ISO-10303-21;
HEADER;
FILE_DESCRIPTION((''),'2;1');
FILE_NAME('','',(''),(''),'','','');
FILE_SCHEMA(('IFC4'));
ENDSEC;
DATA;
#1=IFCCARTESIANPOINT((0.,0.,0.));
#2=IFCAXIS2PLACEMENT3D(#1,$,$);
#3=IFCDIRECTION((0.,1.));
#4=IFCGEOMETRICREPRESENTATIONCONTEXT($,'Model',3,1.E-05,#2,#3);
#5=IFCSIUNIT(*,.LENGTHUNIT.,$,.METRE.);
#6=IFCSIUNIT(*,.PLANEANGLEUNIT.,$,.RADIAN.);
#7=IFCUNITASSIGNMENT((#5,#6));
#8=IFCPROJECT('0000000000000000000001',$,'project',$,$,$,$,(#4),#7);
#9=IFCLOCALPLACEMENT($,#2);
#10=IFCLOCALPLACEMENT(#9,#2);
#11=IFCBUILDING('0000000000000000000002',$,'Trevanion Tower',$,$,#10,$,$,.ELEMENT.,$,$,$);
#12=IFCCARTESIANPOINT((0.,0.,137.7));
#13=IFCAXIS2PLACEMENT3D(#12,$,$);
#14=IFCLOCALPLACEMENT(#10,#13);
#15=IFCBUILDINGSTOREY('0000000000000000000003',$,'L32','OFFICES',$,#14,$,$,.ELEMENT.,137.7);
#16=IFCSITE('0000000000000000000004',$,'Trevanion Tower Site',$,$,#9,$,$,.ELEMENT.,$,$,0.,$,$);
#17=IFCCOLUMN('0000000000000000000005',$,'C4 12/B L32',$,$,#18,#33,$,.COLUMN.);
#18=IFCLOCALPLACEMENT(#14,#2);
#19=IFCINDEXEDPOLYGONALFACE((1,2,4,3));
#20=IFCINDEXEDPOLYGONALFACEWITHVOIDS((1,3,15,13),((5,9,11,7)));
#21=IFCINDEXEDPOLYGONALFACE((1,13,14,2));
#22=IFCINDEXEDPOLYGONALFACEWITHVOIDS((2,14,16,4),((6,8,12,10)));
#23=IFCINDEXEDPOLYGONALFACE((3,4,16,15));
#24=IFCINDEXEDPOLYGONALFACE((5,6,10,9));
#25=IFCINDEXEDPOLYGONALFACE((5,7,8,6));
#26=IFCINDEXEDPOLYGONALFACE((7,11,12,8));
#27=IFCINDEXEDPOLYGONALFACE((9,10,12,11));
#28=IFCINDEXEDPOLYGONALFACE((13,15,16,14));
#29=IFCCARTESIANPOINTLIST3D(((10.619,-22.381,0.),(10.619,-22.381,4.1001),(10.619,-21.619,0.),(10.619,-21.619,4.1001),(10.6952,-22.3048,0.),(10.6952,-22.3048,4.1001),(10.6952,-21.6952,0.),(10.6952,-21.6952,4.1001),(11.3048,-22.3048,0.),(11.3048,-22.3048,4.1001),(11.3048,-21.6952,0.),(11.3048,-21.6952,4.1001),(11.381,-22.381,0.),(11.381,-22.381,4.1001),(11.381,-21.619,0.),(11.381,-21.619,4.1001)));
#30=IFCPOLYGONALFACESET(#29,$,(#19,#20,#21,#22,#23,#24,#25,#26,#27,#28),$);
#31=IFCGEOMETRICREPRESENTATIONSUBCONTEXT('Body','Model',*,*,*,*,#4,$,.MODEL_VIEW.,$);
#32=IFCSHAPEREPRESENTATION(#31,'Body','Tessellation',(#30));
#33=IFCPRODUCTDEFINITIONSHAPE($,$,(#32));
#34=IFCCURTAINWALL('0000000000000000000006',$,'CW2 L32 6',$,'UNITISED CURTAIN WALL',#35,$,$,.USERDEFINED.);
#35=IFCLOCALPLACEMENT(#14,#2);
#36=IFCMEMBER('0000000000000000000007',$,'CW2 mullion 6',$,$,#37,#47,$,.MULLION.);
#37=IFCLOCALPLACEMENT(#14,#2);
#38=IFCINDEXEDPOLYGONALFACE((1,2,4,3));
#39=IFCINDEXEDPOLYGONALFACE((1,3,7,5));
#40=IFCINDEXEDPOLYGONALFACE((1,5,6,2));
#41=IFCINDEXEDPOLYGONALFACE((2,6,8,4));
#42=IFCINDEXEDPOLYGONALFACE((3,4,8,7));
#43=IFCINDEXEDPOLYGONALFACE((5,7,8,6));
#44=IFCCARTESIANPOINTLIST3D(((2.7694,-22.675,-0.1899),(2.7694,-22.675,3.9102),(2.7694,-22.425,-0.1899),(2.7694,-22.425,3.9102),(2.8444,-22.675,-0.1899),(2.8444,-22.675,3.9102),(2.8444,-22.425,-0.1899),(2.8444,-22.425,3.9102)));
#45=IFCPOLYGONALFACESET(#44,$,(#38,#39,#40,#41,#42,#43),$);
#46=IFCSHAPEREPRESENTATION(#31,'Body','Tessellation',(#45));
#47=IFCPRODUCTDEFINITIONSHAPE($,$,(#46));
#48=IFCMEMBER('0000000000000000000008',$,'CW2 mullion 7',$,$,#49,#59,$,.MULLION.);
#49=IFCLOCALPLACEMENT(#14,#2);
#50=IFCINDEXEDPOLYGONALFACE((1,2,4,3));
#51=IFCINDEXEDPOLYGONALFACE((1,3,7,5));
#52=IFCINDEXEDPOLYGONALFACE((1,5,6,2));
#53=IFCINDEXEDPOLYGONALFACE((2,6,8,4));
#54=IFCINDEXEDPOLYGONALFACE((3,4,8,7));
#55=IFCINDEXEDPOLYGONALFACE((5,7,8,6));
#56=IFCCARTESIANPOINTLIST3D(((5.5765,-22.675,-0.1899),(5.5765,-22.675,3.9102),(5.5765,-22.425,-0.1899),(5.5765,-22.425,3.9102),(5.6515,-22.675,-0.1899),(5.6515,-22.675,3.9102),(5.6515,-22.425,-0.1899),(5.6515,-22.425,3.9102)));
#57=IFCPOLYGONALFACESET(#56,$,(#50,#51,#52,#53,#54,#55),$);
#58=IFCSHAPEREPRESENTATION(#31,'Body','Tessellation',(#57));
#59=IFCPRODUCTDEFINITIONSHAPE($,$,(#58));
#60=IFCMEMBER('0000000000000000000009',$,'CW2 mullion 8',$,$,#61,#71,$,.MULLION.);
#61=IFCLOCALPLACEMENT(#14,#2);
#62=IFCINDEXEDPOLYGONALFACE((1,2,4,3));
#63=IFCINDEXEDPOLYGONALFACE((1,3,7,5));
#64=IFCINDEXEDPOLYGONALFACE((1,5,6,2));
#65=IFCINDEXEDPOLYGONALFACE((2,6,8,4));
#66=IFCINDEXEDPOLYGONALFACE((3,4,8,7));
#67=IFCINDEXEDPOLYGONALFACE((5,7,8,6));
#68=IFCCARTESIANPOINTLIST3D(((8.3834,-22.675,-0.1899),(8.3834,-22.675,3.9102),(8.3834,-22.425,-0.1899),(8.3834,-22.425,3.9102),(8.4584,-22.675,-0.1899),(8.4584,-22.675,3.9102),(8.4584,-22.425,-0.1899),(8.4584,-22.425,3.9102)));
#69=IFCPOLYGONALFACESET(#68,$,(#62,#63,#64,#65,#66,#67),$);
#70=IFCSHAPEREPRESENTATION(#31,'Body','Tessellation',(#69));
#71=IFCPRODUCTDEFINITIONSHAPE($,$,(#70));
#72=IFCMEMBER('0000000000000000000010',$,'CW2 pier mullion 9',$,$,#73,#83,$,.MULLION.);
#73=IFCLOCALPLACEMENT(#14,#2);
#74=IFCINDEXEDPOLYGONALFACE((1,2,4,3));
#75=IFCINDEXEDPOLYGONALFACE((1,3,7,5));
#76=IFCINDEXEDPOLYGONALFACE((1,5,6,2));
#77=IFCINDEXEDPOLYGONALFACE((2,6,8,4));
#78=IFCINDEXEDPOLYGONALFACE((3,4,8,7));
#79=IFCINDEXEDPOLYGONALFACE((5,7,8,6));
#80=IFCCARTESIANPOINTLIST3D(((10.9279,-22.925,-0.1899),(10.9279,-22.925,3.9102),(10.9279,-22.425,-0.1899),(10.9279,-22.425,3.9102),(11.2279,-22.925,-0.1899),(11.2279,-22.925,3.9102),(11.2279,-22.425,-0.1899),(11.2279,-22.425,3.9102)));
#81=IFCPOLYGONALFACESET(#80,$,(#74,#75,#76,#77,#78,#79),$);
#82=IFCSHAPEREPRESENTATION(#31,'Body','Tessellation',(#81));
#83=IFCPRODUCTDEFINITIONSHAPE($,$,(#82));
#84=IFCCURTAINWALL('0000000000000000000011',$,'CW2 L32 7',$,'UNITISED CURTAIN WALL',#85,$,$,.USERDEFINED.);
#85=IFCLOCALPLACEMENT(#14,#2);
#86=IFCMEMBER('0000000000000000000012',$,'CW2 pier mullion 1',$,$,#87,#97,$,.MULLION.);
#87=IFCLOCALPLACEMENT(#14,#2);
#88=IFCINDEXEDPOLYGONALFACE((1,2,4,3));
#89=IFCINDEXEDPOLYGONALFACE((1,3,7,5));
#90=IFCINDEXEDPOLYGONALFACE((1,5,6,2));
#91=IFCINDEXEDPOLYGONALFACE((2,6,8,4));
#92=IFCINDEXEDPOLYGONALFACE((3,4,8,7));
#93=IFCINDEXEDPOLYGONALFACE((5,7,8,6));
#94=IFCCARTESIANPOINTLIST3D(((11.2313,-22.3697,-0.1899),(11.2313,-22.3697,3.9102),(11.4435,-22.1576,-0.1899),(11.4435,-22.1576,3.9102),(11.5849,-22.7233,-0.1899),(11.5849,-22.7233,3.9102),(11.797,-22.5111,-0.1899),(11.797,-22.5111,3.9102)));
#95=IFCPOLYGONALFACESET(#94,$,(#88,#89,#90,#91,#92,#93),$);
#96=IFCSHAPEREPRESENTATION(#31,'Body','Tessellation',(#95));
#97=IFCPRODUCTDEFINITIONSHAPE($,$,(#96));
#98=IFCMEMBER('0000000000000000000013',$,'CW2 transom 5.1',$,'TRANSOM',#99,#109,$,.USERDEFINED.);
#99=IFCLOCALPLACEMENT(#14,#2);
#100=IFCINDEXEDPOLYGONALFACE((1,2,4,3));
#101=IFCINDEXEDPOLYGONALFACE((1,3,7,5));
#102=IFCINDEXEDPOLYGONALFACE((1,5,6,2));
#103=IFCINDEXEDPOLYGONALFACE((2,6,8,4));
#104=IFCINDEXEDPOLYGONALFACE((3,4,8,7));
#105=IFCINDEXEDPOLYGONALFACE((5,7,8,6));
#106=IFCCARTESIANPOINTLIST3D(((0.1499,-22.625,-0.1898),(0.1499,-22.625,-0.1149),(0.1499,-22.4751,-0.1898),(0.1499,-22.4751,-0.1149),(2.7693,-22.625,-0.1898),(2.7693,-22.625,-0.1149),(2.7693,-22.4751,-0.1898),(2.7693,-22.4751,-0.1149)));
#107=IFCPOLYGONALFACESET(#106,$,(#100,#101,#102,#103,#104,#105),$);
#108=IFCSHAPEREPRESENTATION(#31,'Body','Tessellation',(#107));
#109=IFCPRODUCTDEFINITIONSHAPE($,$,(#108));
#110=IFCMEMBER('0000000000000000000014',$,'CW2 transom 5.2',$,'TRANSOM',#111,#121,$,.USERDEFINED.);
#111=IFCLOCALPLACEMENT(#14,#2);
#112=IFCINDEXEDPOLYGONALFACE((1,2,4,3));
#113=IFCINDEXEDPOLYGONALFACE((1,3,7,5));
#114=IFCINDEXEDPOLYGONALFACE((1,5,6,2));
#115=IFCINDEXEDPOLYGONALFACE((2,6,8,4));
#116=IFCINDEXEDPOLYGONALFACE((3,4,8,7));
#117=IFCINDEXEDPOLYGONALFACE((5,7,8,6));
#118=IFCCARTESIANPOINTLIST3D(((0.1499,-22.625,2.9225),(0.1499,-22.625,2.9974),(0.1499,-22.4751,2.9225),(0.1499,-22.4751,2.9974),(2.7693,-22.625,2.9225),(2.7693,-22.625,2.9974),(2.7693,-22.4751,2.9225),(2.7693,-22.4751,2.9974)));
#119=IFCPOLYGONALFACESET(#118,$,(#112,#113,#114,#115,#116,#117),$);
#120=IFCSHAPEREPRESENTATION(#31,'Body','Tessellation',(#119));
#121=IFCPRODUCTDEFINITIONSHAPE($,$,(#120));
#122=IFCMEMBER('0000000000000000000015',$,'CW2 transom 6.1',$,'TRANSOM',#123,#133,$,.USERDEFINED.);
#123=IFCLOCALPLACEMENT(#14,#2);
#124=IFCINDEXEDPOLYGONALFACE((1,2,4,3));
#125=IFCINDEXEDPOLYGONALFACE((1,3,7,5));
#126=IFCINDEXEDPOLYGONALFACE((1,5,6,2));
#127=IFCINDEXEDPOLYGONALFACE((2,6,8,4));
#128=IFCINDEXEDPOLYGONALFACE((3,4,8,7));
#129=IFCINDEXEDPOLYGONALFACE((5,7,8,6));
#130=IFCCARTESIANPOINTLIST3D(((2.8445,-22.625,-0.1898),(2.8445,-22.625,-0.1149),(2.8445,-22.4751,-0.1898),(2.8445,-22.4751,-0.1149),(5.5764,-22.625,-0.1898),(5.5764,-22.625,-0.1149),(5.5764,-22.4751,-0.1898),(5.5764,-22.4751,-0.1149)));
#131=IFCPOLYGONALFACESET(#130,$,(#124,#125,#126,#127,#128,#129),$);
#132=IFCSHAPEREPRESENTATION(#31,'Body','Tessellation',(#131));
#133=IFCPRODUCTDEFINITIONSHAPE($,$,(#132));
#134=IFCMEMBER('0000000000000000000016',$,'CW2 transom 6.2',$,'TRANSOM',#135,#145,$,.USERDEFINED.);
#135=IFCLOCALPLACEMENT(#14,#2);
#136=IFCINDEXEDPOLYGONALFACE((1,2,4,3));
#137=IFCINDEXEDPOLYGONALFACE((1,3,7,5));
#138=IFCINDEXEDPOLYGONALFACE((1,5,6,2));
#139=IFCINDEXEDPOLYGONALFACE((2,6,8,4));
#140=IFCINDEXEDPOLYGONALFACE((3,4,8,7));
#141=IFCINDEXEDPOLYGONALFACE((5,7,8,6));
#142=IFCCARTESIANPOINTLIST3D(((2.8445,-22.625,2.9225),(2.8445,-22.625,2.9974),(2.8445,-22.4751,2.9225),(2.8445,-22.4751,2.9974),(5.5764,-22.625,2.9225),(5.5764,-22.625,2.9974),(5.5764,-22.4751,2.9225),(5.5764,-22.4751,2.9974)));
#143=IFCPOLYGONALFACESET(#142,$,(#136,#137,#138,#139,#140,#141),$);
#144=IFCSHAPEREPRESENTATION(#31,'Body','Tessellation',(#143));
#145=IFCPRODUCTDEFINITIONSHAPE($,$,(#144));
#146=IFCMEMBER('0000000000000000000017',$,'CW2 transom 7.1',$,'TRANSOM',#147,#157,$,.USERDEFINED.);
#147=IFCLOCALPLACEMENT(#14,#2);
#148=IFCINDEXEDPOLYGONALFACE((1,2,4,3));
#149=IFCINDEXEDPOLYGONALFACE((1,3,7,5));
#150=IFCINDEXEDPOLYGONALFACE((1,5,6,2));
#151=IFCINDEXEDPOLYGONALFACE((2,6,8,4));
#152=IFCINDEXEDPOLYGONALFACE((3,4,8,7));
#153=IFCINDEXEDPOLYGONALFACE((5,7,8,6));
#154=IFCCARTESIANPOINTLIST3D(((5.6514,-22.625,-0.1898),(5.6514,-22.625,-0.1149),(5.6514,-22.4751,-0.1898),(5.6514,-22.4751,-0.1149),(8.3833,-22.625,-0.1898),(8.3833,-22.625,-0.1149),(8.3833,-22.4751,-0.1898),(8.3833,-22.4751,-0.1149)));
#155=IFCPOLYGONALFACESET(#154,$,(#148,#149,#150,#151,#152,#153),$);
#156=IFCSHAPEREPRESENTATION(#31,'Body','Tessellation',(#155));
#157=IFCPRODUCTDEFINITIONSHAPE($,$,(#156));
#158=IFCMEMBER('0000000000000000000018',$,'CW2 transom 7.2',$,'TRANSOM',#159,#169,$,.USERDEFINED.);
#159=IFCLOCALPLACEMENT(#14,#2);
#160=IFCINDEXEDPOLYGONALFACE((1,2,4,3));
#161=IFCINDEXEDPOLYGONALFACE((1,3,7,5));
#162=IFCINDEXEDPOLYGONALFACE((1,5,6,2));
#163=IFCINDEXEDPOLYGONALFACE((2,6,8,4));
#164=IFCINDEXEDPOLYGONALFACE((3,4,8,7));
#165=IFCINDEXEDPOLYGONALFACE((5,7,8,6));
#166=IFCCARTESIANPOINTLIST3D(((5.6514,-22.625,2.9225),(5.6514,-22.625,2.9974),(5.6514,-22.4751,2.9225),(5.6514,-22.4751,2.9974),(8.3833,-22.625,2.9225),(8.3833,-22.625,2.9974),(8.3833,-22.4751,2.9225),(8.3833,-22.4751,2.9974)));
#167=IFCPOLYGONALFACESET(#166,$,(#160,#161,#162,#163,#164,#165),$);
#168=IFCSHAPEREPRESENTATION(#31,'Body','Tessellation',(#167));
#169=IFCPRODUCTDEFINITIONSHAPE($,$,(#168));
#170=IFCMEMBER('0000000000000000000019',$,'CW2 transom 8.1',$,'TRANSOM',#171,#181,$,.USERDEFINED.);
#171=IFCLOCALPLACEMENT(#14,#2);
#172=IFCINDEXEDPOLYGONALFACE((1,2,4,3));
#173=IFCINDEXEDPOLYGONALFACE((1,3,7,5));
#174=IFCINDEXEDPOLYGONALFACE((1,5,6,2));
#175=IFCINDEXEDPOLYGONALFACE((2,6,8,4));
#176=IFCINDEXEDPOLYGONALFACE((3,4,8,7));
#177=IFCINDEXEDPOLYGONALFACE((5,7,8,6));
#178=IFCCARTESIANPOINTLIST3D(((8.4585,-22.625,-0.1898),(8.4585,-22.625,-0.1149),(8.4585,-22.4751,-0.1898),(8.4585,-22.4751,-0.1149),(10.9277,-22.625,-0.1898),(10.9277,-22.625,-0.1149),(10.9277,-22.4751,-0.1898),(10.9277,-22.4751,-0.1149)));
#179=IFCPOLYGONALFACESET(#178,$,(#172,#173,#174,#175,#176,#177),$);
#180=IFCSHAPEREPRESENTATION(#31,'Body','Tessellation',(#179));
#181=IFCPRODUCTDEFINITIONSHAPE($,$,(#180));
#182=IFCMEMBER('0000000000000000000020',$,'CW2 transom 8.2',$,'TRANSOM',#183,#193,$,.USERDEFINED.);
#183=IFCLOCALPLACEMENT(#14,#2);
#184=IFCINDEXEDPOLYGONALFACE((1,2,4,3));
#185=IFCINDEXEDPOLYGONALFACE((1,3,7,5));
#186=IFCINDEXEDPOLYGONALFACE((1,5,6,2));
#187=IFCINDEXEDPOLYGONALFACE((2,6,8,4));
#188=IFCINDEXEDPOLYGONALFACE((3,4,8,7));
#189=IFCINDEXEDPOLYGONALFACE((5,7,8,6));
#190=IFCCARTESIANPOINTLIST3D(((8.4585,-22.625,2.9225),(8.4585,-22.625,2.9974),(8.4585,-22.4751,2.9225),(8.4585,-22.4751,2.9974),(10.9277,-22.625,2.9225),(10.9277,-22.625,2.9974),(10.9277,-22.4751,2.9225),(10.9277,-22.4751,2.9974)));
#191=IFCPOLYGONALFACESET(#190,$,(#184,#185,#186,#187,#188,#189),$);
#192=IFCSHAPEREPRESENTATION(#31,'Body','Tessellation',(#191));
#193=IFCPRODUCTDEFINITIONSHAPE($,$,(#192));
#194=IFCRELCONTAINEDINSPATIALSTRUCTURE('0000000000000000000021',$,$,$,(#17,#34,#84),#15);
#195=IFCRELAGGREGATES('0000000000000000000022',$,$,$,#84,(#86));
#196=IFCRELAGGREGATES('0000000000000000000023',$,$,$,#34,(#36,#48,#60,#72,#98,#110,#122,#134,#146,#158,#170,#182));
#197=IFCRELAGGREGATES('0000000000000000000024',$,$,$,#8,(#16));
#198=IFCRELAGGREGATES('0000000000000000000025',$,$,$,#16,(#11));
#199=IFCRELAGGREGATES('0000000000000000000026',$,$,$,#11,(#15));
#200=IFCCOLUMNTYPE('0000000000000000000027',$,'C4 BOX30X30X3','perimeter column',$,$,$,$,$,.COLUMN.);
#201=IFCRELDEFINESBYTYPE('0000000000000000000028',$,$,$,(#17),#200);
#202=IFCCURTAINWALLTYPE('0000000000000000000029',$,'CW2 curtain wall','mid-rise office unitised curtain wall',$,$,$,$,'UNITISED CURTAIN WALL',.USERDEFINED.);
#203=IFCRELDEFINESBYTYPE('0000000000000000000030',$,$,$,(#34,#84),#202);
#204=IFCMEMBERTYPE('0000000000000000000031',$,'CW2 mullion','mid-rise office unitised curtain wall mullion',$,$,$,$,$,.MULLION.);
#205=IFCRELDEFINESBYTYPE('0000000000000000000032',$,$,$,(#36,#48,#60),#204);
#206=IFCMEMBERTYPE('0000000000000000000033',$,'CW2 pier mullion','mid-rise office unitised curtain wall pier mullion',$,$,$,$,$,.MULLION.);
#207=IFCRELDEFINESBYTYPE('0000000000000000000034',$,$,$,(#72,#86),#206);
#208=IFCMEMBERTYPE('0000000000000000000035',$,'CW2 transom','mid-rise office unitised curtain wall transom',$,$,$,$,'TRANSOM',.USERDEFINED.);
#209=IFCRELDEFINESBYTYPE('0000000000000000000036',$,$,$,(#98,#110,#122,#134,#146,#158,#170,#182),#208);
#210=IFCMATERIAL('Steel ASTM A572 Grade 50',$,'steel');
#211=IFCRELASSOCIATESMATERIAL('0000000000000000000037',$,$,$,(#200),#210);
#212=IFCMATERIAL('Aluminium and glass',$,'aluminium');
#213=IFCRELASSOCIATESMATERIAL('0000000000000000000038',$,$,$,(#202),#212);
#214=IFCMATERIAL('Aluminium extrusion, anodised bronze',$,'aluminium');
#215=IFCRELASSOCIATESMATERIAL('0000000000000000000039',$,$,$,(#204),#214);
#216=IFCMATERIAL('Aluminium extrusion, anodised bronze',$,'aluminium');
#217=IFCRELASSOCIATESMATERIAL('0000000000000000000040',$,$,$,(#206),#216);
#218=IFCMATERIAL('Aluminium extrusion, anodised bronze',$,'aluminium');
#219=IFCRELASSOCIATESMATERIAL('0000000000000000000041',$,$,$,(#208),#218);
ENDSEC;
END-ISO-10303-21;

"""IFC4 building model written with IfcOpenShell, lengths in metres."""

from ifc_helpers import new_model, si_unit, direction, frame, origin, origin_2d, place, context, subcontext, project, spatial, rectangle, hollow_rectangle, extrude, material, material_profile, profile_set, type_object, element, aggregate, save


model = new_model("IFC4")

# Units and contexts
model_context = context("Model", 3, precision=1e-05, world=origin(), true_north=direction((0.0, 1.0)))
body_context = subcontext(model_context, "Body", "Model", "MODEL_VIEW")
ifc_project = project(units=[si_unit("LENGTHUNIT", "METRE"), si_unit("PLANEANGLEUNIT", "RADIAN")], contexts=[model_context])

# Site, building, storey
site_placement = place(None, origin())
site = spatial("IfcSite", under=ifc_project, at=site_placement, Name="Trevanion Tower Site", CompositionType="ELEMENT", RefElevation=0.0)
building_placement = place(site_placement, origin())
building = spatial("IfcBuilding", under=site, at=building_placement, Name="Trevanion Tower", CompositionType="ELEMENT")
storey_placement = place(building_placement, frame((0.0, 0.0, 137.7)))
storey = spatial("IfcBuildingStorey", under=building, at=storey_placement, Name="L32", Description="OFFICES", CompositionType="ELEMENT", Elevation=137.7)

# Column
ifc_material_1 = material(Name="Steel ASTM A572 Grade 50", Category="steel")
ifc_material_profile_1 = material_profile(ifc_material_1, hollow_rectangle(XDim=0.762, YDim=0.762, WallThickness=0.0762, at=origin_2d()), Name="BOX30X30X3")
ifc_profile_set_1 = profile_set([ifc_material_profile_1], Name="Steel ASTM A572 Grade 50")
column_type = type_object("IfcColumnType", Name="C4 BOX30X30X3", Description="perimeter column", PredefinedType="COLUMN", material=ifc_profile_set_1)
column_placement = place(storey_placement, frame((11.0, -22.0, 0.0), z_axis=(0.0, 0.0, 1.0), x_axis=(1.0, 0.0, 0.0)))
element("IfcColumn", 1, at=column_placement, inside=storey, type_object=column_type, Name="C4 12/B L32", PredefinedType="COLUMN", context=body_context, shape_type="SweptSolid", body=[
    extrude(hollow_rectangle(XDim=0.762, YDim=0.762, WallThickness=0.0762, at=origin_2d()), origin(), (0.0, 0.0, 1.0), 4.1001),
])

# Curtain wall, members
ifc_material_2 = material(Name="Aluminium and glass", Category="aluminium")
curtain_wall_type = type_object("IfcCurtainWallType", Name="CW2 curtain wall", Description="mid-rise office unitised curtain wall", ElementType="UNITISED CURTAIN WALL", PredefinedType="USERDEFINED", material=ifc_material_2)
curtain_wall_1_placement = place(storey_placement, origin())
curtain_wall_1 = element("IfcCurtainWall", 2, at=curtain_wall_1_placement, inside=storey, type_object=curtain_wall_type, Name="CW2 L32 6", ObjectType="UNITISED CURTAIN WALL", PredefinedType="USERDEFINED")
ifc_material_3 = material(Name="Aluminium extrusion, anodised bronze", Category="aluminium")
ifc_material_profile_2 = material_profile(ifc_material_3, rectangle(XDim=0.075, YDim=0.25, at=origin_2d()), Name="CW2 mullion")
ifc_profile_set_2 = profile_set([ifc_material_profile_2], Name="Aluminium extrusion, anodised bronze")
member_type_1 = type_object("IfcMemberType", Name="CW2 mullion", Description="mid-rise office unitised curtain wall mullion", PredefinedType="MULLION", material=ifc_profile_set_2)
member_1_placement = place(storey_placement, frame((2.8069, -22.55, -0.1899), z_axis=(0.0, 0.0, 1.0), x_axis=(1.0, 0.0, 0.0)))
member_1 = element("IfcMember", 3, at=member_1_placement, type_object=member_type_1, Name="CW2 mullion 6", PredefinedType="MULLION", context=body_context, shape_type="SweptSolid", body=[
    extrude(rectangle(XDim=0.075, YDim=0.25, at=origin_2d()), origin(), (0.0, 0.0, 1.0), 4.1001),
])
member_2_placement = place(storey_placement, frame((5.614, -22.55, -0.1899), z_axis=(0.0, 0.0, 1.0), x_axis=(1.0, 0.0, 0.0)))
member_2 = element("IfcMember", 4, at=member_2_placement, type_object=member_type_1, Name="CW2 mullion 7", PredefinedType="MULLION", context=body_context, shape_type="SweptSolid", body=[
    extrude(rectangle(XDim=0.075, YDim=0.25, at=origin_2d()), origin(), (0.0, 0.0, 1.0), 4.1001),
])
member_3_placement = place(storey_placement, frame((8.4209, -22.55, -0.1899), z_axis=(0.0, 0.0, 1.0), x_axis=(1.0, 0.0, 0.0)))
member_3 = element("IfcMember", 5, at=member_3_placement, type_object=member_type_1, Name="CW2 mullion 8", PredefinedType="MULLION", context=body_context, shape_type="SweptSolid", body=[
    extrude(rectangle(XDim=0.075, YDim=0.25, at=origin_2d()), origin(), (0.0, 0.0, 1.0), 4.1001),
])
ifc_material_4 = material(Name="Aluminium extrusion, anodised bronze", Category="aluminium")
ifc_material_profile_3 = material_profile(ifc_material_4, rectangle(XDim=0.3, YDim=0.5, at=origin_2d()), Name="CW2 pier mullion")
ifc_profile_set_3 = profile_set([ifc_material_profile_3], Name="Aluminium extrusion, anodised bronze")
member_type_2 = type_object("IfcMemberType", Name="CW2 pier mullion", Description="mid-rise office unitised curtain wall pier mullion", PredefinedType="MULLION", material=ifc_profile_set_3)
member_4_placement = place(storey_placement, frame((11.0779, -22.675, -0.1899), z_axis=(0.0, 0.0, 1.0), x_axis=(1.0, 0.0, 0.0)))
member_4 = element("IfcMember", 6, at=member_4_placement, type_object=member_type_2, Name="CW2 pier mullion 9", PredefinedType="MULLION", context=body_context, shape_type="SweptSolid", body=[
    extrude(rectangle(XDim=0.3, YDim=0.5, at=origin_2d()), origin(), (0.0, 0.0, 1.0), 4.1001),
])

# Curtain wall, member
curtain_wall_2_placement = place(storey_placement, origin())
curtain_wall_2 = element("IfcCurtainWall", 7, at=curtain_wall_2_placement, inside=storey, type_object=curtain_wall_type, Name="CW2 L32 7", ObjectType="UNITISED CURTAIN WALL", PredefinedType="USERDEFINED")
member_5_placement = place(storey_placement, frame((11.5142, -22.4404, -0.1899), z_axis=(0.0, 0.0, 1.0), x_axis=(0.707107, 0.707107, 0.0)))
member_5 = element("IfcMember", 8, at=member_5_placement, type_object=member_type_2, Name="CW2 pier mullion 1", PredefinedType="MULLION", context=body_context, shape_type="SweptSolid", body=[
    extrude(rectangle(XDim=0.3, YDim=0.5, at=origin_2d()), origin(), (0.0, 0.0, 1.0), 4.1001),
])

# Members
ifc_material_5 = material(Name="Aluminium extrusion, anodised bronze", Category="aluminium")
ifc_material_profile_4 = material_profile(ifc_material_5, rectangle(XDim=0.1499, YDim=0.075, at=origin_2d()), Name="CW2 transom")
ifc_profile_set_4 = profile_set([ifc_material_profile_4], Name="Aluminium extrusion, anodised bronze")
member_type_3 = type_object("IfcMemberType", Name="CW2 transom", Description="mid-rise office unitised curtain wall transom", ElementType="TRANSOM", PredefinedType="USERDEFINED", material=ifc_profile_set_4)
member_6_placement = place(storey_placement, frame((0.1499, -22.55, -0.1523), z_axis=(1.0, 0.0, 0.0), x_axis=(0.0, 1.0, 0.0)))
member_6 = element("IfcMember", 9, at=member_6_placement, type_object=member_type_3, Name="CW2 transom 5.1", ObjectType="TRANSOM", PredefinedType="USERDEFINED", context=body_context, shape_type="SweptSolid", body=[
    extrude(rectangle(XDim=0.1499, YDim=0.075, at=origin_2d()), origin(), (0.0, 0.0, 1.0), 2.6194),
])
member_7_placement = place(storey_placement, frame((0.1499, -22.55, 2.96), z_axis=(1.0, 0.0, 0.0), x_axis=(0.0, 1.0, 0.0)))
member_7 = element("IfcMember", 10, at=member_7_placement, type_object=member_type_3, Name="CW2 transom 5.2", ObjectType="TRANSOM", PredefinedType="USERDEFINED", context=body_context, shape_type="SweptSolid", body=[
    extrude(rectangle(XDim=0.1499, YDim=0.075, at=origin_2d()), origin(), (0.0, 0.0, 1.0), 2.6194),
])
member_8_placement = place(storey_placement, frame((2.8445, -22.55, -0.1523), z_axis=(1.0, 0.0, 0.0), x_axis=(0.0, 1.0, 0.0)))
member_8 = element("IfcMember", 11, at=member_8_placement, type_object=member_type_3, Name="CW2 transom 6.1", ObjectType="TRANSOM", PredefinedType="USERDEFINED", context=body_context, shape_type="SweptSolid", body=[
    extrude(rectangle(XDim=0.1499, YDim=0.075, at=origin_2d()), origin(), (0.0, 0.0, 1.0), 2.7319),
])
member_9_placement = place(storey_placement, frame((2.8445, -22.55, 2.96), z_axis=(1.0, 0.0, 0.0), x_axis=(0.0, 1.0, 0.0)))
member_9 = element("IfcMember", 12, at=member_9_placement, type_object=member_type_3, Name="CW2 transom 6.2", ObjectType="TRANSOM", PredefinedType="USERDEFINED", context=body_context, shape_type="SweptSolid", body=[
    extrude(rectangle(XDim=0.1499, YDim=0.075, at=origin_2d()), origin(), (0.0, 0.0, 1.0), 2.7319),
])
member_10_placement = place(storey_placement, frame((5.6514, -22.55, -0.1523), z_axis=(1.0, 0.0, 0.0), x_axis=(0.0, 1.0, 0.0)))
member_10 = element("IfcMember", 13, at=member_10_placement, type_object=member_type_3, Name="CW2 transom 7.1", ObjectType="TRANSOM", PredefinedType="USERDEFINED", context=body_context, shape_type="SweptSolid", body=[
    extrude(rectangle(XDim=0.1499, YDim=0.075, at=origin_2d()), origin(), (0.0, 0.0, 1.0), 2.7319),
])
member_11_placement = place(storey_placement, frame((5.6514, -22.55, 2.96), z_axis=(1.0, 0.0, 0.0), x_axis=(0.0, 1.0, 0.0)))
member_11 = element("IfcMember", 14, at=member_11_placement, type_object=member_type_3, Name="CW2 transom 7.2", ObjectType="TRANSOM", PredefinedType="USERDEFINED", context=body_context, shape_type="SweptSolid", body=[
    extrude(rectangle(XDim=0.1499, YDim=0.075, at=origin_2d()), origin(), (0.0, 0.0, 1.0), 2.7319),
])
member_12_placement = place(storey_placement, frame((8.4585, -22.55, -0.1523), z_axis=(1.0, 0.0, 0.0), x_axis=(0.0, 1.0, 0.0)))
member_12 = element("IfcMember", 15, at=member_12_placement, type_object=member_type_3, Name="CW2 transom 8.1", ObjectType="TRANSOM", PredefinedType="USERDEFINED", context=body_context, shape_type="SweptSolid", body=[
    extrude(rectangle(XDim=0.1499, YDim=0.075, at=origin_2d()), origin(), (0.0, 0.0, 1.0), 2.4692),
])
member_13_placement = place(storey_placement, frame((8.4585, -22.55, 2.96), z_axis=(1.0, 0.0, 0.0), x_axis=(0.0, 1.0, 0.0)))
member_13 = element("IfcMember", 16, at=member_13_placement, type_object=member_type_3, Name="CW2 transom 8.2", ObjectType="TRANSOM", PredefinedType="USERDEFINED", context=body_context, shape_type="SweptSolid", body=[
    extrude(rectangle(XDim=0.1499, YDim=0.075, at=origin_2d()), origin(), (0.0, 0.0, 1.0), 2.4692),
])
aggregate(curtain_wall_2, [member_5])

aggregate(curtain_wall_1, [member_1, member_2, member_3, member_4, member_6, member_7, member_8, member_9, member_10, member_11, member_12, member_13])

save(model, "model.ifc")
